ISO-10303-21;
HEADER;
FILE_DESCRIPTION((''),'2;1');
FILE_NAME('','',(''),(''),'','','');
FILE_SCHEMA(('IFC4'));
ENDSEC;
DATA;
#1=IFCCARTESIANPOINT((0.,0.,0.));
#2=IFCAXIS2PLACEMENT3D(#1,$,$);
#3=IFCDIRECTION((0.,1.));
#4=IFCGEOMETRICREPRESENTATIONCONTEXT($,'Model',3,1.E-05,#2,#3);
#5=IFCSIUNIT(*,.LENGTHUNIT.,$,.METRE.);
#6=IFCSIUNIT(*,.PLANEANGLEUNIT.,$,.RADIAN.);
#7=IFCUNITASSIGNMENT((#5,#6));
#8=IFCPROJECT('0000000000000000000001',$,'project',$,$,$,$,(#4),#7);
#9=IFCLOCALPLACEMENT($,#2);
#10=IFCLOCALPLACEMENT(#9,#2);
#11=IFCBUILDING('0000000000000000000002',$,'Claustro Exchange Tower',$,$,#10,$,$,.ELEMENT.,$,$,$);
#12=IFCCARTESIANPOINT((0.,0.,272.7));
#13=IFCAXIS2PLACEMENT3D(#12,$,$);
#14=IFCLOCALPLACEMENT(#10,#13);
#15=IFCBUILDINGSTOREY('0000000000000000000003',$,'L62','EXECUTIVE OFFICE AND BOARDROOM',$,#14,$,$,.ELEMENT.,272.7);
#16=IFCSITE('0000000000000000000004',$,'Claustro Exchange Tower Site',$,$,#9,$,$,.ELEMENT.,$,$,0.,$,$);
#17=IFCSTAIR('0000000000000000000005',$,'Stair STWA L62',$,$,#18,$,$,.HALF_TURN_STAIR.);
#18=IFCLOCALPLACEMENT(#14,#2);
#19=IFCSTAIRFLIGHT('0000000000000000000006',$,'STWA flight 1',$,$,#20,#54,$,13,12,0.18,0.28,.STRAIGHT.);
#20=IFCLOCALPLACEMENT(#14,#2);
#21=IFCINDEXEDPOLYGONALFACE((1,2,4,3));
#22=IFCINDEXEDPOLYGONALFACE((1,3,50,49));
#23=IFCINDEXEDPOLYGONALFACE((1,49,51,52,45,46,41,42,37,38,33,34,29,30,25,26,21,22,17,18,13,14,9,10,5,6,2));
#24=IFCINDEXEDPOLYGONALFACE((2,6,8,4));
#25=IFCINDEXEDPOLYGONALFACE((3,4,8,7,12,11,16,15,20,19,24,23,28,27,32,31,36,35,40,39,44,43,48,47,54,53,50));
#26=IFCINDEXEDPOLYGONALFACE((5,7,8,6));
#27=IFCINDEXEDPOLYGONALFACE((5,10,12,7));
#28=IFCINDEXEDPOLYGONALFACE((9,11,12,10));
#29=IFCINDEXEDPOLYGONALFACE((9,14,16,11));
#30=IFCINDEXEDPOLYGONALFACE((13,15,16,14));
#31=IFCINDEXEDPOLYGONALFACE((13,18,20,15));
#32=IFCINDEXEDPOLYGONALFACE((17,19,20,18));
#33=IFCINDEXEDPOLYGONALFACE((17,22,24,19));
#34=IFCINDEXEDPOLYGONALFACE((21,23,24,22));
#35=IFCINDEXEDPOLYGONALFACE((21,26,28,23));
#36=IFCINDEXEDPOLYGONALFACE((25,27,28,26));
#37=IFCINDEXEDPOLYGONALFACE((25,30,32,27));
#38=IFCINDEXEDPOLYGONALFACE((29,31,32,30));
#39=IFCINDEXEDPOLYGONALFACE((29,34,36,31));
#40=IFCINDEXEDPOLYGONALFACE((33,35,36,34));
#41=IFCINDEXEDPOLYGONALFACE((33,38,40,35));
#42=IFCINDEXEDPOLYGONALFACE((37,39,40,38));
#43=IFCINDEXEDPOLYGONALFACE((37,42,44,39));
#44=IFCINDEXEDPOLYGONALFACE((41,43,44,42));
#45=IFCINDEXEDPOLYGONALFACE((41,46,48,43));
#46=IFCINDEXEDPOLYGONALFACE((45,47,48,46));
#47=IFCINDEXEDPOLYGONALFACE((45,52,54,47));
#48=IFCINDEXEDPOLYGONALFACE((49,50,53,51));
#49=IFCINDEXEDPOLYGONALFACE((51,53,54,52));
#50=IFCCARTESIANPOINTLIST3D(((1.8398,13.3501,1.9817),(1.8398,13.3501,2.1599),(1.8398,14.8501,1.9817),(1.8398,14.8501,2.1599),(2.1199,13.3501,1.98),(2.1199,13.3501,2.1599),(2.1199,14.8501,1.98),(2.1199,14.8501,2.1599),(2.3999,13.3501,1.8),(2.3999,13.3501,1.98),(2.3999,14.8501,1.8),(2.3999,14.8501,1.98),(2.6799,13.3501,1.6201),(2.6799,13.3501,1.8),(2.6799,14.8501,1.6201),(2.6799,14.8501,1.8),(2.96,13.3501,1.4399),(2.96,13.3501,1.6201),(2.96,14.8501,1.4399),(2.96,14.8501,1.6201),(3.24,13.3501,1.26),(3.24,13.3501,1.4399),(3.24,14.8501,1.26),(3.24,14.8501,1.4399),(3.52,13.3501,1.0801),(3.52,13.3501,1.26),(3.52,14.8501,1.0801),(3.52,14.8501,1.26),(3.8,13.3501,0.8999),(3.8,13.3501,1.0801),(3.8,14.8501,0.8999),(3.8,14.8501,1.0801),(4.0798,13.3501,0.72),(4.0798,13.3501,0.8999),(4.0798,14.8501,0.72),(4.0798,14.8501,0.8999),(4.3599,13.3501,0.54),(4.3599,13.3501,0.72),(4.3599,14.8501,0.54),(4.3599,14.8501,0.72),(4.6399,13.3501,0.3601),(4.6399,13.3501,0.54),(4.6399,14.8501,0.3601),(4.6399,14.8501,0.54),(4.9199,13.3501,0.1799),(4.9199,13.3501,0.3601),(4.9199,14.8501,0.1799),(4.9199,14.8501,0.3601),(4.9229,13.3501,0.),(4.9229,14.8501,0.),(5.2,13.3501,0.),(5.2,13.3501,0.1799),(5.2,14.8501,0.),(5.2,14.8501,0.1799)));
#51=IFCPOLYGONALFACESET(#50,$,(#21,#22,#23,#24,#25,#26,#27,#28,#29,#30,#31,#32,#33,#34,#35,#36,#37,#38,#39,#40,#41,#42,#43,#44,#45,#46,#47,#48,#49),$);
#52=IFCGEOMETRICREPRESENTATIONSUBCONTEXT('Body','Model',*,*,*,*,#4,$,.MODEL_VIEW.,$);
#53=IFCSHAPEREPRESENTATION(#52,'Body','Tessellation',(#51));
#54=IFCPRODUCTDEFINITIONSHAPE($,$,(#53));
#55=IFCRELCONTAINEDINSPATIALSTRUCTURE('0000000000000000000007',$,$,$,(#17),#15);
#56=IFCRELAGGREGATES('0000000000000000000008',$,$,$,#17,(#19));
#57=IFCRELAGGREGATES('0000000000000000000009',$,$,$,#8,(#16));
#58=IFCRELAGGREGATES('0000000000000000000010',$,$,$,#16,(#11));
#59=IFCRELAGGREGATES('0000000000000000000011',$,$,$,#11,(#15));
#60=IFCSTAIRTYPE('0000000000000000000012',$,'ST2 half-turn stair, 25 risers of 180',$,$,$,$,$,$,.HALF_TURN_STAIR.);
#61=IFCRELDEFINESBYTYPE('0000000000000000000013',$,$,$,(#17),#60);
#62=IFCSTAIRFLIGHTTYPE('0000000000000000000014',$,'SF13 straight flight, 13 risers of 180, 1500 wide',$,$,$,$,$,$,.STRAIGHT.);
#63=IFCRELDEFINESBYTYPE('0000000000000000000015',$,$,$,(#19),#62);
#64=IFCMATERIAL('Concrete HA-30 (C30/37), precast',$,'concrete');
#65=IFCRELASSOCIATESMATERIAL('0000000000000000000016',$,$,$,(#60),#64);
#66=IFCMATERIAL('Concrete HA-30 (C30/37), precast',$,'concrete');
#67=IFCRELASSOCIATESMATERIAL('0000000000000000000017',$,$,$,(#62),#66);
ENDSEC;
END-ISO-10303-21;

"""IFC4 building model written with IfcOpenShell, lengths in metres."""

from ifc_helpers import new_model, si_unit, direction, frame, origin, place, context, subcontext, project, spatial, polyline, outline, extrude, material, type_object, element, aggregate, save


model = new_model("IFC4")

# Units and contexts
model_context = context("Model", 3, precision=1e-05, world=origin(), true_north=direction((0.0, 1.0)))
body_context = subcontext(model_context, "Body", "Model", "MODEL_VIEW")
ifc_project = project(units=[si_unit("LENGTHUNIT", "METRE"), si_unit("PLANEANGLEUNIT", "RADIAN")], contexts=[model_context])

# Site, building, storey
site_placement = place(None, origin())
site = spatial("IfcSite", under=ifc_project, at=site_placement, Name="Claustro Exchange Tower Site", CompositionType="ELEMENT", RefElevation=0.0)
building_placement = place(site_placement, origin())
building = spatial("IfcBuilding", under=site, at=building_placement, Name="Claustro Exchange Tower", CompositionType="ELEMENT")
storey_placement = place(building_placement, frame((0.0, 0.0, 272.7)))
storey = spatial("IfcBuildingStorey", under=building, at=storey_placement, Name="L62", Description="EXECUTIVE OFFICE AND BOARDROOM", CompositionType="ELEMENT", Elevation=272.7)

# Stair, stair flight
ifc_material_1 = material(Name="Concrete HA-30 (C30/37), precast", Category="concrete")
stair_type = type_object("IfcStairType", Name="ST2 half-turn stair, 25 risers of 180", PredefinedType="HALF_TURN_STAIR", material=ifc_material_1)
stair_placement = place(storey_placement, origin())
stair = element("IfcStair", 1, at=stair_placement, inside=storey, type_object=stair_type, Name="Stair STWA L62", PredefinedType="HALF_TURN_STAIR")
ifc_material_2 = material(Name="Concrete HA-30 (C30/37), precast", Category="concrete")
stair_flight_type = type_object("IfcStairFlightType", Name="SF13 straight flight, 13 risers of 180, 1500 wide", PredefinedType="STRAIGHT", material=ifc_material_2)
stair_flight_placement = place(storey_placement, frame((5.2, 14.1001, 0.0), z_axis=(0.0, 0.0, 1.0), x_axis=(-1.0, 0.0, 0.0)))
stair_flight = element("IfcStairFlight", 2, at=stair_flight_placement, type_object=stair_flight_type, Name="STWA flight 1", NumberOfRisers=13, NumberOfTreads=12, PredefinedType="STRAIGHT", RiserHeight=0.18, TreadLength=0.28, context=body_context, shape_type="SweptSolid", body=[
    extrude(outline(polyline([(0.0, 0.0), (0.0, 0.1799), (0.28, 0.1799), (0.28, 0.3601), (0.5601, 0.3601), (0.5601, 0.54), (0.8401, 0.54), (0.8401, 0.72), (1.1201, 0.72), (1.1201, 0.8999), (1.3999, 0.8999), (1.3999, 1.0801), (1.6799, 1.0801), (1.6799, 1.26), (1.96, 1.26), (1.96, 1.4399), (2.24, 1.4399), (2.24, 1.6201), (2.52, 1.6201), (2.52, 1.8), (2.8, 1.8), (2.8, 1.98), (3.0801, 1.98), (3.0801, 2.1599), (3.3601, 2.1599), (3.3601, 2.3401), (3.3601, 1.9817), (0.2771, 0.0), (0.0, 0.0)])), frame((0.0, 0.75, 0.0), z_axis=(0.0, -1.0, 0.0), x_axis=(1.0, 0.0, 0.0)), (0.0, 0.0, 1.0), 1.5),
])
aggregate(stair, [stair_flight])

save(model, "model.ifc")
